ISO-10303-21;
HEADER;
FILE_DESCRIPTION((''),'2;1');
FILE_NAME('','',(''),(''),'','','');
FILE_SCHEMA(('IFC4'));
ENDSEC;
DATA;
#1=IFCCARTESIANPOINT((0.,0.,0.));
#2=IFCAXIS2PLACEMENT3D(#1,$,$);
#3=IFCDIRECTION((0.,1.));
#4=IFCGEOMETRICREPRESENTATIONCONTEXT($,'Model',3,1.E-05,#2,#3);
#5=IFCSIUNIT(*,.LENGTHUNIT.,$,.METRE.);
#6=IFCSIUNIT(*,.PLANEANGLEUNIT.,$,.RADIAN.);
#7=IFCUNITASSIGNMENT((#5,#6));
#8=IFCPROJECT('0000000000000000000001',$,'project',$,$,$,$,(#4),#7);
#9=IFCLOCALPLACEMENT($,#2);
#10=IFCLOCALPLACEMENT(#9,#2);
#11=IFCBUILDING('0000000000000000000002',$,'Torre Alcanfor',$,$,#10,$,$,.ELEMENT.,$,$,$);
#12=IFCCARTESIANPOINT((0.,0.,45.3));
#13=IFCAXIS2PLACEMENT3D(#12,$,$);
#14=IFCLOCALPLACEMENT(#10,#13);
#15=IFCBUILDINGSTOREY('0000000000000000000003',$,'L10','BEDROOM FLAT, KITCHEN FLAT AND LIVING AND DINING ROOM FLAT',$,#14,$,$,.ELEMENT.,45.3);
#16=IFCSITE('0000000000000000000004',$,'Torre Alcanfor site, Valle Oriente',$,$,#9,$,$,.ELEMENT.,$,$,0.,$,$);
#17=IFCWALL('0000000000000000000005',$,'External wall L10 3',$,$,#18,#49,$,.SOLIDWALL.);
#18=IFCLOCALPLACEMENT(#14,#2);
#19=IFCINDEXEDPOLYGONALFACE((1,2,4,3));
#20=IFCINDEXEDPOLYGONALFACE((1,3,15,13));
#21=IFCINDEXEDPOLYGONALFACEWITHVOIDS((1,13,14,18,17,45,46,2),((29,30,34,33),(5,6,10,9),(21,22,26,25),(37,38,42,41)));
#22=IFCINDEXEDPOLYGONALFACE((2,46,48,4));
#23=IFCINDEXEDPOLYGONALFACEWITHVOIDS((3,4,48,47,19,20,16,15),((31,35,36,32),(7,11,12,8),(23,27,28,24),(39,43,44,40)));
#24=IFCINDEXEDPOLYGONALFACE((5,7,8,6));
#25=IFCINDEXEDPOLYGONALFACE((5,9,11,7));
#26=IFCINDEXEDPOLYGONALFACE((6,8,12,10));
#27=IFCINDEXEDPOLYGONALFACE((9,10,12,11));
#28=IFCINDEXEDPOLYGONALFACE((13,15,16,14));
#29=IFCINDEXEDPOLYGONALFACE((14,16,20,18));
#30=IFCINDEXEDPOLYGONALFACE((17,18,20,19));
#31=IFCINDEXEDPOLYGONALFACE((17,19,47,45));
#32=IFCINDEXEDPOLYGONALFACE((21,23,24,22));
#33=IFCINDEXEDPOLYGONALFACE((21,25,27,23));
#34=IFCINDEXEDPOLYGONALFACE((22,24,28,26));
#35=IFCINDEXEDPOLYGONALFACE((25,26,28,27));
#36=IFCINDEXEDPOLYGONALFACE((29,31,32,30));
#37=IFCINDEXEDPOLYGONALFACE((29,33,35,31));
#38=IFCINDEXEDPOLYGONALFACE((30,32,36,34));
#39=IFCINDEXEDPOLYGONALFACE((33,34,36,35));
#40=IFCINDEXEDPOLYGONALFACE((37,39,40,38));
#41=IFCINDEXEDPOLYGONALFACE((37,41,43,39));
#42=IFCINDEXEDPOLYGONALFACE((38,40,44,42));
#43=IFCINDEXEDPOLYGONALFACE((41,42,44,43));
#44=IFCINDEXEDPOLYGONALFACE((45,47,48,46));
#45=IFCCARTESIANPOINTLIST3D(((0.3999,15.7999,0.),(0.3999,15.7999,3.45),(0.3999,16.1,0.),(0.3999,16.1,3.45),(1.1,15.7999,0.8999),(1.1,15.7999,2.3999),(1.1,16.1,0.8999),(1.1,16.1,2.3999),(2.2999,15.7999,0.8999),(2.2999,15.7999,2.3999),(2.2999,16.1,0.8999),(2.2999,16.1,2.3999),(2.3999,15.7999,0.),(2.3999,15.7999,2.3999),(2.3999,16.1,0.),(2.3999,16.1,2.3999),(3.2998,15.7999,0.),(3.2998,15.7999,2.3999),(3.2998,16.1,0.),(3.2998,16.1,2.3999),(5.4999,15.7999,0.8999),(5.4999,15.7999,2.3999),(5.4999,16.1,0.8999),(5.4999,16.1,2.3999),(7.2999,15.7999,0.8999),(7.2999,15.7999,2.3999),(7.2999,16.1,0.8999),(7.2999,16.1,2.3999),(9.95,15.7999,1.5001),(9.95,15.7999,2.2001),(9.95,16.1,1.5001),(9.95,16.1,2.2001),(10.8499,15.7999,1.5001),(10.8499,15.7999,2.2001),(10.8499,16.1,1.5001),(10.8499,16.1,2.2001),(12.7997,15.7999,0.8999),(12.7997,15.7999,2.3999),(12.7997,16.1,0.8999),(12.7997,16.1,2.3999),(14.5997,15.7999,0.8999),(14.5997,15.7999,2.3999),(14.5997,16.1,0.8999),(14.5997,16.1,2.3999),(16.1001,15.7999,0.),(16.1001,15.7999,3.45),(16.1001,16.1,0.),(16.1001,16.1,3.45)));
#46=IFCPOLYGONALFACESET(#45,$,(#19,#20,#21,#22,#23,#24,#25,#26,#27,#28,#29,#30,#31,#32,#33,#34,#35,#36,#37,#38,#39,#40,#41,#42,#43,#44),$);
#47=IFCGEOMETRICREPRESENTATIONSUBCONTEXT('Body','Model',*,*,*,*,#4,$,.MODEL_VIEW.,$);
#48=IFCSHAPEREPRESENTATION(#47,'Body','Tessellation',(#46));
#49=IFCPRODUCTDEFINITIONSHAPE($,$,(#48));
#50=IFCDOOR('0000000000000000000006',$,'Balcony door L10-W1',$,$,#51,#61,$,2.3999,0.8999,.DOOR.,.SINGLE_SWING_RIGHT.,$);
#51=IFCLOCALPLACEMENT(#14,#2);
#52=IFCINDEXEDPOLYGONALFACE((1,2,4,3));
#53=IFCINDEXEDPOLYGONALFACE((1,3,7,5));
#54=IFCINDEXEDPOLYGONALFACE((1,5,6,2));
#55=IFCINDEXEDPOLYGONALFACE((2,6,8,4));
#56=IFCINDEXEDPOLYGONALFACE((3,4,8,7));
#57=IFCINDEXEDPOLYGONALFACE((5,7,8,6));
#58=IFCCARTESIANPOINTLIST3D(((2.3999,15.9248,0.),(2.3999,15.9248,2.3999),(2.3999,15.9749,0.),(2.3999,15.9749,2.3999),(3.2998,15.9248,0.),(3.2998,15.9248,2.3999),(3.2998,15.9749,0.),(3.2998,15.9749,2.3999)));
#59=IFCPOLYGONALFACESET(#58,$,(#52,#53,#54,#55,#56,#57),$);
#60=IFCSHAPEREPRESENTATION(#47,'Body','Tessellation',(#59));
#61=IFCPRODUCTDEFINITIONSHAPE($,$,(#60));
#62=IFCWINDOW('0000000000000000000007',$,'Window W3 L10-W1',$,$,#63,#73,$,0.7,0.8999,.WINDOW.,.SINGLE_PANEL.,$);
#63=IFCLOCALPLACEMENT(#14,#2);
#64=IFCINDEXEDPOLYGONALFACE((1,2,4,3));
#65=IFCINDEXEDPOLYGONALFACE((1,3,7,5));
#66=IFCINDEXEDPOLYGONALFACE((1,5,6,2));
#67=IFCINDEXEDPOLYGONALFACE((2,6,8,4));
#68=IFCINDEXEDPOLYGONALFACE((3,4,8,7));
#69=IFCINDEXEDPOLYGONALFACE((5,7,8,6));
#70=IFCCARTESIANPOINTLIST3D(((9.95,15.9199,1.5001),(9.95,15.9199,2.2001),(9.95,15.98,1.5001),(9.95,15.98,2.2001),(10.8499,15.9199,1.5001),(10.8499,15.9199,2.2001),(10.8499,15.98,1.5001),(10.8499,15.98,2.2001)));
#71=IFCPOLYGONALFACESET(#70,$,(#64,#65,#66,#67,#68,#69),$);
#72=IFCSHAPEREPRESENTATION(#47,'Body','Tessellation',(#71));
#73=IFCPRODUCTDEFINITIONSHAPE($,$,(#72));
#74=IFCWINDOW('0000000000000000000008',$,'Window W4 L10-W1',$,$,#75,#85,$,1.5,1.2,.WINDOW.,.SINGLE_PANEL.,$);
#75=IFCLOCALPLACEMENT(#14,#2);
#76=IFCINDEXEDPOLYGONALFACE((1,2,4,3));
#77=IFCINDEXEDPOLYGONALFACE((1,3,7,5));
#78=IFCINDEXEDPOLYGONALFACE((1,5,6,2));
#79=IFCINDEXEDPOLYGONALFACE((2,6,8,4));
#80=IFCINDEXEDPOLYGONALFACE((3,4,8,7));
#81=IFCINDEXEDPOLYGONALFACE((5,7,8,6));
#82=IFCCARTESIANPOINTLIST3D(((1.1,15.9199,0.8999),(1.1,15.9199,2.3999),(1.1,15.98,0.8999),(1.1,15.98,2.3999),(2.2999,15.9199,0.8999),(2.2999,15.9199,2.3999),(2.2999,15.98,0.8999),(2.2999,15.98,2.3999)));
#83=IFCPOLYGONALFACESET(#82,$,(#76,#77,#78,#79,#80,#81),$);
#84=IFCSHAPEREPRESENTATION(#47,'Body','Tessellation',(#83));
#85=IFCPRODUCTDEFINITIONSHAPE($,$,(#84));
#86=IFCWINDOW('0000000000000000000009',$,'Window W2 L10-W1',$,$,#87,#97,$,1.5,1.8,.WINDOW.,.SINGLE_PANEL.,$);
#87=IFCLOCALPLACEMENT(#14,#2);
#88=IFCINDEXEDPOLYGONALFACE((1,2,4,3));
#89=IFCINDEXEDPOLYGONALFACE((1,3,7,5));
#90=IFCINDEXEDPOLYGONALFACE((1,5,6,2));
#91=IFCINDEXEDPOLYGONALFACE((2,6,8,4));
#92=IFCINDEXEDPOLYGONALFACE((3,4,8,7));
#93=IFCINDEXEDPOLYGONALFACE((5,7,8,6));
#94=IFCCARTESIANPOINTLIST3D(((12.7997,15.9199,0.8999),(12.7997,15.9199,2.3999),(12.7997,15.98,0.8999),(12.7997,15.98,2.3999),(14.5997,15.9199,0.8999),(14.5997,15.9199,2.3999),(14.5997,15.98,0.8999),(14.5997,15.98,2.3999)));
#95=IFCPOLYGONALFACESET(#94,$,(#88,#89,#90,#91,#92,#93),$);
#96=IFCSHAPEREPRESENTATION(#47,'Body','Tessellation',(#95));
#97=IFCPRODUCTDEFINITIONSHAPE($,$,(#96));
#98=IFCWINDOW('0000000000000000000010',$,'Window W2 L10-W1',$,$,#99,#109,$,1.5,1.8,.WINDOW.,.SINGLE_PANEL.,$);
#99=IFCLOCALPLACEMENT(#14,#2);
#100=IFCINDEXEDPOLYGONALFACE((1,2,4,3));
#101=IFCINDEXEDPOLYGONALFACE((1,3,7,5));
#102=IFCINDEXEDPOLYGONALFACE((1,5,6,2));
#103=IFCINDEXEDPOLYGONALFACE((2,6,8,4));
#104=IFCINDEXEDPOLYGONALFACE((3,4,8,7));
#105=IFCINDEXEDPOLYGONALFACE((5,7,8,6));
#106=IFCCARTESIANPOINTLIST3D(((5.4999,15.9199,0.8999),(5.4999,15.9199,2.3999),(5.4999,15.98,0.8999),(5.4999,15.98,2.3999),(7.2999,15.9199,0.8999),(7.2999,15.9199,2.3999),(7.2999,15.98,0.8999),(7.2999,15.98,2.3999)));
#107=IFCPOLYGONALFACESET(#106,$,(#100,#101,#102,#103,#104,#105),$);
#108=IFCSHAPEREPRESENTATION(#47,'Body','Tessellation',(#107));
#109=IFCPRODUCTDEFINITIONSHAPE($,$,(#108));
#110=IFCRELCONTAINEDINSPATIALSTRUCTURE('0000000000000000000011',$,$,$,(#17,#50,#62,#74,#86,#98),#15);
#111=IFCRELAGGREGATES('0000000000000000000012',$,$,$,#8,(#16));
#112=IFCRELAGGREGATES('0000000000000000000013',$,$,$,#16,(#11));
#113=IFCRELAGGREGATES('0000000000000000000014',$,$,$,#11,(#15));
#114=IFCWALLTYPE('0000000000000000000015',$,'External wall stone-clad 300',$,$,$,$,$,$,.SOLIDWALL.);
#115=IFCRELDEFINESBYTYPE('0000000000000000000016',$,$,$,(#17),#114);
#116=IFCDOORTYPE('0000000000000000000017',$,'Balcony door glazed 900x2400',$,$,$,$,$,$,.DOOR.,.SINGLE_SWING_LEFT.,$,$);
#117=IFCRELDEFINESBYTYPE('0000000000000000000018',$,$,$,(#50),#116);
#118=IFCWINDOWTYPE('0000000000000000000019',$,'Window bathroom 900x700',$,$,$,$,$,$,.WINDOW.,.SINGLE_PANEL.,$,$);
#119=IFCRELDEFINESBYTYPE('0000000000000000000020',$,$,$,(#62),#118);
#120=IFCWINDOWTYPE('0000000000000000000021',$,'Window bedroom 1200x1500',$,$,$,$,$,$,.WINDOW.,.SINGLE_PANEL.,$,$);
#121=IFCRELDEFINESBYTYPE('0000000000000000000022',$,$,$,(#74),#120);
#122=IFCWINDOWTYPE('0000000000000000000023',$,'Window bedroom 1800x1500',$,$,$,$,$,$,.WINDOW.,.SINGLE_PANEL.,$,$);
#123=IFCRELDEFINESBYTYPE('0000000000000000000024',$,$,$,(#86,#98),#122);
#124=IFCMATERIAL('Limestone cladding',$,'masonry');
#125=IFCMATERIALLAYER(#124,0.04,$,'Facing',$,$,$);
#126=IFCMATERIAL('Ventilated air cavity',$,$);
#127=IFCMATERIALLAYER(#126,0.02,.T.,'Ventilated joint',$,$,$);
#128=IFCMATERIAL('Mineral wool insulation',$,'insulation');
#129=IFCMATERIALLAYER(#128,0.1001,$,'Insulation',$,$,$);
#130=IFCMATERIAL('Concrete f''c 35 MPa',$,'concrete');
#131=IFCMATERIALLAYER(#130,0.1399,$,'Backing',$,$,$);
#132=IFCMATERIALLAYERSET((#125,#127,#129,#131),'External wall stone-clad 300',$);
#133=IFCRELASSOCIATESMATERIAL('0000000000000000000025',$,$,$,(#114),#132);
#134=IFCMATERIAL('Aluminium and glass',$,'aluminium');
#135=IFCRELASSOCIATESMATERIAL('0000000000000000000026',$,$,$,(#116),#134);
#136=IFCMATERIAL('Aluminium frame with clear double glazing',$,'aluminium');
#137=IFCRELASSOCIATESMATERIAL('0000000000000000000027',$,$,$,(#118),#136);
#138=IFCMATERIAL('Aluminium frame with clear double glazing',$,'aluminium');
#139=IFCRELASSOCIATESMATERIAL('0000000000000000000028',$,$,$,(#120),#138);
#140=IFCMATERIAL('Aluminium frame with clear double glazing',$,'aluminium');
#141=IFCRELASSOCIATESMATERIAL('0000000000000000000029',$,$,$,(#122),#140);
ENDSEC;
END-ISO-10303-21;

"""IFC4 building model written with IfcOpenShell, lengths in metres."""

from ifc_helpers import new_model, si_unit, direction, frame, frame_2d, origin, place, context, subcontext, project, spatial, rectangle, extrude, material, layer, layer_set, type_object, element, fill, save


model = new_model("IFC4")

# Units and contexts
model_context = context("Model", 3, precision=1e-05, world=origin(), true_north=direction((0.0, 1.0)))
body_context = subcontext(model_context, "Body", "Model", "MODEL_VIEW")
ifc_project = project(units=[si_unit("LENGTHUNIT", "METRE"), si_unit("PLANEANGLEUNIT", "RADIAN")], contexts=[model_context])

# Site, building, storey
site_placement = place(None, origin())
site = spatial("IfcSite", under=ifc_project, at=site_placement, Name="Torre Alcanfor site, Valle Oriente", CompositionType="ELEMENT", RefElevation=0.0)
building_placement = place(site_placement, origin())
building = spatial("IfcBuilding", under=site, at=building_placement, Name="Torre Alcanfor", CompositionType="ELEMENT")
storey_placement = place(building_placement, frame((0.0, 0.0, 45.3)))
storey = spatial("IfcBuildingStorey", under=building, at=storey_placement, Name="L10", Description="BEDROOM FLAT, KITCHEN FLAT AND LIVING AND DINING ROOM FLAT", CompositionType="ELEMENT", Elevation=45.3)

# Wall, openings, door, windows
ifc_material_1 = material(Name="Limestone cladding", Category="masonry")
ifc_layer_1 = layer(ifc_material_1, 0.04, Name="Facing")
ifc_material_2 = material(Name="Ventilated air cavity")
ifc_layer_2 = layer(ifc_material_2, 0.02, ventilated=True, Name="Ventilated joint")
ifc_material_3 = material(Name="Mineral wool insulation", Category="insulation")
ifc_layer_3 = layer(ifc_material_3, 0.1001, Name="Insulation")
ifc_material_4 = material(Name="Concrete f'c 35 MPa", Category="concrete")
ifc_layer_4 = layer(ifc_material_4, 0.1399, Name="Backing")
ifc_layer_set_1 = layer_set([ifc_layer_1, ifc_layer_2, ifc_layer_3, ifc_layer_4], Name="External wall stone-clad 300")
wall_type_1 = type_object("IfcWallType", Name="External wall stone-clad 300", PredefinedType="SOLIDWALL", material=ifc_layer_set_1)
wall_1_placement = place(storey_placement, frame((0.3999, 15.95, 0.0), z_axis=(0.0, 0.0, 1.0), x_axis=(1.0, 0.0, 0.0)))
wall_1 = element("IfcWall", 1, at=wall_1_placement, inside=storey, type_object=wall_type_1, Name="External wall L10 3", PredefinedType="SOLIDWALL", context=body_context, shape_type="SweptSolid", body=[
    extrude(rectangle(XDim=15.7002, YDim=0.3, at=frame_2d((7.8501, 0.0))), origin(), (0.0, 0.0, 1.0), 3.45),
])
opening_1_placement = place(wall_1_placement, frame((12.3999, 0.0, 0.8999)))
opening_1 = element("IfcOpeningElement", 2, at=opening_1_placement, cuts=wall_1, PredefinedType="OPENING", context=body_context, shape_type="SweptSolid", body=[
    extrude(rectangle(XDim=1.8, YDim=1.5, at=frame_2d((0.8999, 0.75))), frame((0.0, 0.1599, 0.0), z_axis=(0.0, -1.0, 0.0), x_axis=(1.0, 0.0, 0.0)), (0.0, 0.0, 1.0), 0.3201),
])
opening_2_placement = place(wall_1_placement, frame((9.55, 0.0, 1.5)))
opening_2 = element("IfcOpeningElement", 3, at=opening_2_placement, cuts=wall_1, PredefinedType="OPENING", context=body_context, shape_type="SweptSolid", body=[
    extrude(rectangle(XDim=0.8999, YDim=0.7, at=frame_2d((0.45, 0.3501))), frame((0.0, 0.1599, 0.0), z_axis=(0.0, -1.0, 0.0), x_axis=(1.0, 0.0, 0.0)), (0.0, 0.0, 1.0), 0.3201),
])
opening_3_placement = place(wall_1_placement, frame((5.1001, 0.0, 0.8999)))
opening_3 = element("IfcOpeningElement", 4, at=opening_3_placement, cuts=wall_1, PredefinedType="OPENING", context=body_context, shape_type="SweptSolid", body=[
    extrude(rectangle(XDim=1.8, YDim=1.5, at=frame_2d((0.8999, 0.75))), frame((0.0, 0.1599, 0.0), z_axis=(0.0, -1.0, 0.0), x_axis=(1.0, 0.0, 0.0)), (0.0, 0.0, 1.0), 0.3201),
])
opening_4_placement = place(wall_1_placement, frame((2.0, 0.0, 0.0)))
opening_4 = element("IfcOpeningElement", 5, at=opening_4_placement, cuts=wall_1, PredefinedType="OPENING", context=body_context, shape_type="SweptSolid", body=[
    extrude(rectangle(XDim=0.8999, YDim=2.3999, at=frame_2d((0.45, 1.2))), frame((0.0, 0.1599, 0.0), z_axis=(0.0, -1.0, 0.0), x_axis=(1.0, 0.0, 0.0)), (0.0, 0.0, 1.0), 0.3201),
])
opening_5_placement = place(wall_1_placement, frame((0.7, 0.0, 0.8999)))
opening_5 = element("IfcOpeningElement", 6, at=opening_5_placement, cuts=wall_1, PredefinedType="OPENING", context=body_context, shape_type="SweptSolid", body=[
    extrude(rectangle(XDim=1.2, YDim=1.5, at=frame_2d((0.6001, 0.75))), frame((0.0, 0.1599, 0.0), z_axis=(0.0, -1.0, 0.0), x_axis=(1.0, 0.0, 0.0)), (0.0, 0.0, 1.0), 0.3201),
])
ifc_material_5 = material(Name="Aluminium and glass", Category="aluminium")
door_type = type_object("IfcDoorType", Name="Balcony door glazed 900x2400", OperationType="SINGLE_SWING_LEFT", PredefinedType="DOOR", material=ifc_material_5)
door_1_placement = place(opening_4_placement, origin())
door_1 = element("IfcDoor", 7, at=door_1_placement, inside=storey, type_object=door_type, Name="Balcony door L10-W1", OperationType="SINGLE_SWING_RIGHT", OverallHeight=2.3999, OverallWidth=0.8999, PredefinedType="DOOR", context=body_context, shape_type="SweptSolid", body=[
    extrude(rectangle(XDim=0.8999, YDim=2.3999, at=frame_2d((0.45, 1.2))), frame((0.0, 0.0249, 0.0), z_axis=(0.0, -1.0, 0.0), x_axis=(1.0, 0.0, 0.0)), (0.0, 0.0, 1.0), 0.05),
])
fill(opening_4, door_1)
ifc_material_6 = material(Name="Aluminium frame with clear double glazing", Category="aluminium")
window_type_1 = type_object("IfcWindowType", Name="Window bathroom 900x700", PartitioningType="SINGLE_PANEL", PredefinedType="WINDOW", material=ifc_material_6)
window_1_placement = place(opening_2_placement, origin())
window_1 = element("IfcWindow", 8, at=window_1_placement, inside=storey, type_object=window_type_1, Name="Window W3 L10-W1", OverallHeight=0.7, OverallWidth=0.8999, PartitioningType="SINGLE_PANEL", PredefinedType="WINDOW", context=body_context, shape_type="SweptSolid", body=[
    extrude(rectangle(XDim=0.8999, YDim=0.7, at=frame_2d((0.45, 0.3501))), frame((0.0, 0.03, 0.0), z_axis=(0.0, -1.0, 0.0), x_axis=(1.0, 0.0, 0.0)), (0.0, 0.0, 1.0), 0.0601),
])
fill(opening_2, window_1)
ifc_material_7 = material(Name="Aluminium frame with clear double glazing", Category="aluminium")
window_type_2 = type_object("IfcWindowType", Name="Window bedroom 1200x1500", PartitioningType="SINGLE_PANEL", PredefinedType="WINDOW", material=ifc_material_7)
window_2_placement = place(opening_5_placement, origin())
window_2 = element("IfcWindow", 9, at=window_2_placement, inside=storey, type_object=window_type_2, Name="Window W4 L10-W1", OverallHeight=1.5, OverallWidth=1.2, PartitioningType="SINGLE_PANEL", PredefinedType="WINDOW", context=body_context, shape_type="SweptSolid", body=[
    extrude(rectangle(XDim=1.2, YDim=1.5, at=frame_2d((0.6001, 0.75))), frame((0.0, 0.03, 0.0), z_axis=(0.0, -1.0, 0.0), x_axis=(1.0, 0.0, 0.0)), (0.0, 0.0, 1.0), 0.0601),
])
fill(opening_5, window_2)
ifc_material_8 = material(Name="Aluminium frame with clear double glazing", Category="aluminium")
window_type_3 = type_object("IfcWindowType", Name="Window bedroom 1800x1500", PartitioningType="SINGLE_PANEL", PredefinedType="WINDOW", material=ifc_material_8)
window_3_placement = place(opening_1_placement, origin())
window_3 = element("IfcWindow", 10, at=window_3_placement, inside=storey, type_object=window_type_3, Name="Window W2 L10-W1", OverallHeight=1.5, OverallWidth=1.8, PartitioningType="SINGLE_PANEL", PredefinedType="WINDOW", context=body_context, shape_type="SweptSolid", body=[
    extrude(rectangle(XDim=1.8, YDim=1.5, at=frame_2d((0.8999, 0.75))), frame((0.0, 0.03, 0.0), z_axis=(0.0, -1.0, 0.0), x_axis=(1.0, 0.0, 0.0)), (0.0, 0.0, 1.0), 0.0601),
])
fill(opening_1, window_3)
window_4_placement = place(opening_3_placement, origin())
window_4 = element("IfcWindow", 11, at=window_4_placement, inside=storey, type_object=window_type_3, Name="Window W2 L10-W1", OverallHeight=1.5, OverallWidth=1.8, PartitioningType="SINGLE_PANEL", PredefinedType="WINDOW", context=body_context, shape_type="SweptSolid", body=[
    extrude(rectangle(XDim=1.8, YDim=1.5, at=frame_2d((0.8999, 0.75))), frame((0.0, 0.03, 0.0), z_axis=(0.0, -1.0, 0.0), x_axis=(1.0, 0.0, 0.0)), (0.0, 0.0, 1.0), 0.0601),
])
fill(opening_3, window_4)

save(model, "model.ifc")
